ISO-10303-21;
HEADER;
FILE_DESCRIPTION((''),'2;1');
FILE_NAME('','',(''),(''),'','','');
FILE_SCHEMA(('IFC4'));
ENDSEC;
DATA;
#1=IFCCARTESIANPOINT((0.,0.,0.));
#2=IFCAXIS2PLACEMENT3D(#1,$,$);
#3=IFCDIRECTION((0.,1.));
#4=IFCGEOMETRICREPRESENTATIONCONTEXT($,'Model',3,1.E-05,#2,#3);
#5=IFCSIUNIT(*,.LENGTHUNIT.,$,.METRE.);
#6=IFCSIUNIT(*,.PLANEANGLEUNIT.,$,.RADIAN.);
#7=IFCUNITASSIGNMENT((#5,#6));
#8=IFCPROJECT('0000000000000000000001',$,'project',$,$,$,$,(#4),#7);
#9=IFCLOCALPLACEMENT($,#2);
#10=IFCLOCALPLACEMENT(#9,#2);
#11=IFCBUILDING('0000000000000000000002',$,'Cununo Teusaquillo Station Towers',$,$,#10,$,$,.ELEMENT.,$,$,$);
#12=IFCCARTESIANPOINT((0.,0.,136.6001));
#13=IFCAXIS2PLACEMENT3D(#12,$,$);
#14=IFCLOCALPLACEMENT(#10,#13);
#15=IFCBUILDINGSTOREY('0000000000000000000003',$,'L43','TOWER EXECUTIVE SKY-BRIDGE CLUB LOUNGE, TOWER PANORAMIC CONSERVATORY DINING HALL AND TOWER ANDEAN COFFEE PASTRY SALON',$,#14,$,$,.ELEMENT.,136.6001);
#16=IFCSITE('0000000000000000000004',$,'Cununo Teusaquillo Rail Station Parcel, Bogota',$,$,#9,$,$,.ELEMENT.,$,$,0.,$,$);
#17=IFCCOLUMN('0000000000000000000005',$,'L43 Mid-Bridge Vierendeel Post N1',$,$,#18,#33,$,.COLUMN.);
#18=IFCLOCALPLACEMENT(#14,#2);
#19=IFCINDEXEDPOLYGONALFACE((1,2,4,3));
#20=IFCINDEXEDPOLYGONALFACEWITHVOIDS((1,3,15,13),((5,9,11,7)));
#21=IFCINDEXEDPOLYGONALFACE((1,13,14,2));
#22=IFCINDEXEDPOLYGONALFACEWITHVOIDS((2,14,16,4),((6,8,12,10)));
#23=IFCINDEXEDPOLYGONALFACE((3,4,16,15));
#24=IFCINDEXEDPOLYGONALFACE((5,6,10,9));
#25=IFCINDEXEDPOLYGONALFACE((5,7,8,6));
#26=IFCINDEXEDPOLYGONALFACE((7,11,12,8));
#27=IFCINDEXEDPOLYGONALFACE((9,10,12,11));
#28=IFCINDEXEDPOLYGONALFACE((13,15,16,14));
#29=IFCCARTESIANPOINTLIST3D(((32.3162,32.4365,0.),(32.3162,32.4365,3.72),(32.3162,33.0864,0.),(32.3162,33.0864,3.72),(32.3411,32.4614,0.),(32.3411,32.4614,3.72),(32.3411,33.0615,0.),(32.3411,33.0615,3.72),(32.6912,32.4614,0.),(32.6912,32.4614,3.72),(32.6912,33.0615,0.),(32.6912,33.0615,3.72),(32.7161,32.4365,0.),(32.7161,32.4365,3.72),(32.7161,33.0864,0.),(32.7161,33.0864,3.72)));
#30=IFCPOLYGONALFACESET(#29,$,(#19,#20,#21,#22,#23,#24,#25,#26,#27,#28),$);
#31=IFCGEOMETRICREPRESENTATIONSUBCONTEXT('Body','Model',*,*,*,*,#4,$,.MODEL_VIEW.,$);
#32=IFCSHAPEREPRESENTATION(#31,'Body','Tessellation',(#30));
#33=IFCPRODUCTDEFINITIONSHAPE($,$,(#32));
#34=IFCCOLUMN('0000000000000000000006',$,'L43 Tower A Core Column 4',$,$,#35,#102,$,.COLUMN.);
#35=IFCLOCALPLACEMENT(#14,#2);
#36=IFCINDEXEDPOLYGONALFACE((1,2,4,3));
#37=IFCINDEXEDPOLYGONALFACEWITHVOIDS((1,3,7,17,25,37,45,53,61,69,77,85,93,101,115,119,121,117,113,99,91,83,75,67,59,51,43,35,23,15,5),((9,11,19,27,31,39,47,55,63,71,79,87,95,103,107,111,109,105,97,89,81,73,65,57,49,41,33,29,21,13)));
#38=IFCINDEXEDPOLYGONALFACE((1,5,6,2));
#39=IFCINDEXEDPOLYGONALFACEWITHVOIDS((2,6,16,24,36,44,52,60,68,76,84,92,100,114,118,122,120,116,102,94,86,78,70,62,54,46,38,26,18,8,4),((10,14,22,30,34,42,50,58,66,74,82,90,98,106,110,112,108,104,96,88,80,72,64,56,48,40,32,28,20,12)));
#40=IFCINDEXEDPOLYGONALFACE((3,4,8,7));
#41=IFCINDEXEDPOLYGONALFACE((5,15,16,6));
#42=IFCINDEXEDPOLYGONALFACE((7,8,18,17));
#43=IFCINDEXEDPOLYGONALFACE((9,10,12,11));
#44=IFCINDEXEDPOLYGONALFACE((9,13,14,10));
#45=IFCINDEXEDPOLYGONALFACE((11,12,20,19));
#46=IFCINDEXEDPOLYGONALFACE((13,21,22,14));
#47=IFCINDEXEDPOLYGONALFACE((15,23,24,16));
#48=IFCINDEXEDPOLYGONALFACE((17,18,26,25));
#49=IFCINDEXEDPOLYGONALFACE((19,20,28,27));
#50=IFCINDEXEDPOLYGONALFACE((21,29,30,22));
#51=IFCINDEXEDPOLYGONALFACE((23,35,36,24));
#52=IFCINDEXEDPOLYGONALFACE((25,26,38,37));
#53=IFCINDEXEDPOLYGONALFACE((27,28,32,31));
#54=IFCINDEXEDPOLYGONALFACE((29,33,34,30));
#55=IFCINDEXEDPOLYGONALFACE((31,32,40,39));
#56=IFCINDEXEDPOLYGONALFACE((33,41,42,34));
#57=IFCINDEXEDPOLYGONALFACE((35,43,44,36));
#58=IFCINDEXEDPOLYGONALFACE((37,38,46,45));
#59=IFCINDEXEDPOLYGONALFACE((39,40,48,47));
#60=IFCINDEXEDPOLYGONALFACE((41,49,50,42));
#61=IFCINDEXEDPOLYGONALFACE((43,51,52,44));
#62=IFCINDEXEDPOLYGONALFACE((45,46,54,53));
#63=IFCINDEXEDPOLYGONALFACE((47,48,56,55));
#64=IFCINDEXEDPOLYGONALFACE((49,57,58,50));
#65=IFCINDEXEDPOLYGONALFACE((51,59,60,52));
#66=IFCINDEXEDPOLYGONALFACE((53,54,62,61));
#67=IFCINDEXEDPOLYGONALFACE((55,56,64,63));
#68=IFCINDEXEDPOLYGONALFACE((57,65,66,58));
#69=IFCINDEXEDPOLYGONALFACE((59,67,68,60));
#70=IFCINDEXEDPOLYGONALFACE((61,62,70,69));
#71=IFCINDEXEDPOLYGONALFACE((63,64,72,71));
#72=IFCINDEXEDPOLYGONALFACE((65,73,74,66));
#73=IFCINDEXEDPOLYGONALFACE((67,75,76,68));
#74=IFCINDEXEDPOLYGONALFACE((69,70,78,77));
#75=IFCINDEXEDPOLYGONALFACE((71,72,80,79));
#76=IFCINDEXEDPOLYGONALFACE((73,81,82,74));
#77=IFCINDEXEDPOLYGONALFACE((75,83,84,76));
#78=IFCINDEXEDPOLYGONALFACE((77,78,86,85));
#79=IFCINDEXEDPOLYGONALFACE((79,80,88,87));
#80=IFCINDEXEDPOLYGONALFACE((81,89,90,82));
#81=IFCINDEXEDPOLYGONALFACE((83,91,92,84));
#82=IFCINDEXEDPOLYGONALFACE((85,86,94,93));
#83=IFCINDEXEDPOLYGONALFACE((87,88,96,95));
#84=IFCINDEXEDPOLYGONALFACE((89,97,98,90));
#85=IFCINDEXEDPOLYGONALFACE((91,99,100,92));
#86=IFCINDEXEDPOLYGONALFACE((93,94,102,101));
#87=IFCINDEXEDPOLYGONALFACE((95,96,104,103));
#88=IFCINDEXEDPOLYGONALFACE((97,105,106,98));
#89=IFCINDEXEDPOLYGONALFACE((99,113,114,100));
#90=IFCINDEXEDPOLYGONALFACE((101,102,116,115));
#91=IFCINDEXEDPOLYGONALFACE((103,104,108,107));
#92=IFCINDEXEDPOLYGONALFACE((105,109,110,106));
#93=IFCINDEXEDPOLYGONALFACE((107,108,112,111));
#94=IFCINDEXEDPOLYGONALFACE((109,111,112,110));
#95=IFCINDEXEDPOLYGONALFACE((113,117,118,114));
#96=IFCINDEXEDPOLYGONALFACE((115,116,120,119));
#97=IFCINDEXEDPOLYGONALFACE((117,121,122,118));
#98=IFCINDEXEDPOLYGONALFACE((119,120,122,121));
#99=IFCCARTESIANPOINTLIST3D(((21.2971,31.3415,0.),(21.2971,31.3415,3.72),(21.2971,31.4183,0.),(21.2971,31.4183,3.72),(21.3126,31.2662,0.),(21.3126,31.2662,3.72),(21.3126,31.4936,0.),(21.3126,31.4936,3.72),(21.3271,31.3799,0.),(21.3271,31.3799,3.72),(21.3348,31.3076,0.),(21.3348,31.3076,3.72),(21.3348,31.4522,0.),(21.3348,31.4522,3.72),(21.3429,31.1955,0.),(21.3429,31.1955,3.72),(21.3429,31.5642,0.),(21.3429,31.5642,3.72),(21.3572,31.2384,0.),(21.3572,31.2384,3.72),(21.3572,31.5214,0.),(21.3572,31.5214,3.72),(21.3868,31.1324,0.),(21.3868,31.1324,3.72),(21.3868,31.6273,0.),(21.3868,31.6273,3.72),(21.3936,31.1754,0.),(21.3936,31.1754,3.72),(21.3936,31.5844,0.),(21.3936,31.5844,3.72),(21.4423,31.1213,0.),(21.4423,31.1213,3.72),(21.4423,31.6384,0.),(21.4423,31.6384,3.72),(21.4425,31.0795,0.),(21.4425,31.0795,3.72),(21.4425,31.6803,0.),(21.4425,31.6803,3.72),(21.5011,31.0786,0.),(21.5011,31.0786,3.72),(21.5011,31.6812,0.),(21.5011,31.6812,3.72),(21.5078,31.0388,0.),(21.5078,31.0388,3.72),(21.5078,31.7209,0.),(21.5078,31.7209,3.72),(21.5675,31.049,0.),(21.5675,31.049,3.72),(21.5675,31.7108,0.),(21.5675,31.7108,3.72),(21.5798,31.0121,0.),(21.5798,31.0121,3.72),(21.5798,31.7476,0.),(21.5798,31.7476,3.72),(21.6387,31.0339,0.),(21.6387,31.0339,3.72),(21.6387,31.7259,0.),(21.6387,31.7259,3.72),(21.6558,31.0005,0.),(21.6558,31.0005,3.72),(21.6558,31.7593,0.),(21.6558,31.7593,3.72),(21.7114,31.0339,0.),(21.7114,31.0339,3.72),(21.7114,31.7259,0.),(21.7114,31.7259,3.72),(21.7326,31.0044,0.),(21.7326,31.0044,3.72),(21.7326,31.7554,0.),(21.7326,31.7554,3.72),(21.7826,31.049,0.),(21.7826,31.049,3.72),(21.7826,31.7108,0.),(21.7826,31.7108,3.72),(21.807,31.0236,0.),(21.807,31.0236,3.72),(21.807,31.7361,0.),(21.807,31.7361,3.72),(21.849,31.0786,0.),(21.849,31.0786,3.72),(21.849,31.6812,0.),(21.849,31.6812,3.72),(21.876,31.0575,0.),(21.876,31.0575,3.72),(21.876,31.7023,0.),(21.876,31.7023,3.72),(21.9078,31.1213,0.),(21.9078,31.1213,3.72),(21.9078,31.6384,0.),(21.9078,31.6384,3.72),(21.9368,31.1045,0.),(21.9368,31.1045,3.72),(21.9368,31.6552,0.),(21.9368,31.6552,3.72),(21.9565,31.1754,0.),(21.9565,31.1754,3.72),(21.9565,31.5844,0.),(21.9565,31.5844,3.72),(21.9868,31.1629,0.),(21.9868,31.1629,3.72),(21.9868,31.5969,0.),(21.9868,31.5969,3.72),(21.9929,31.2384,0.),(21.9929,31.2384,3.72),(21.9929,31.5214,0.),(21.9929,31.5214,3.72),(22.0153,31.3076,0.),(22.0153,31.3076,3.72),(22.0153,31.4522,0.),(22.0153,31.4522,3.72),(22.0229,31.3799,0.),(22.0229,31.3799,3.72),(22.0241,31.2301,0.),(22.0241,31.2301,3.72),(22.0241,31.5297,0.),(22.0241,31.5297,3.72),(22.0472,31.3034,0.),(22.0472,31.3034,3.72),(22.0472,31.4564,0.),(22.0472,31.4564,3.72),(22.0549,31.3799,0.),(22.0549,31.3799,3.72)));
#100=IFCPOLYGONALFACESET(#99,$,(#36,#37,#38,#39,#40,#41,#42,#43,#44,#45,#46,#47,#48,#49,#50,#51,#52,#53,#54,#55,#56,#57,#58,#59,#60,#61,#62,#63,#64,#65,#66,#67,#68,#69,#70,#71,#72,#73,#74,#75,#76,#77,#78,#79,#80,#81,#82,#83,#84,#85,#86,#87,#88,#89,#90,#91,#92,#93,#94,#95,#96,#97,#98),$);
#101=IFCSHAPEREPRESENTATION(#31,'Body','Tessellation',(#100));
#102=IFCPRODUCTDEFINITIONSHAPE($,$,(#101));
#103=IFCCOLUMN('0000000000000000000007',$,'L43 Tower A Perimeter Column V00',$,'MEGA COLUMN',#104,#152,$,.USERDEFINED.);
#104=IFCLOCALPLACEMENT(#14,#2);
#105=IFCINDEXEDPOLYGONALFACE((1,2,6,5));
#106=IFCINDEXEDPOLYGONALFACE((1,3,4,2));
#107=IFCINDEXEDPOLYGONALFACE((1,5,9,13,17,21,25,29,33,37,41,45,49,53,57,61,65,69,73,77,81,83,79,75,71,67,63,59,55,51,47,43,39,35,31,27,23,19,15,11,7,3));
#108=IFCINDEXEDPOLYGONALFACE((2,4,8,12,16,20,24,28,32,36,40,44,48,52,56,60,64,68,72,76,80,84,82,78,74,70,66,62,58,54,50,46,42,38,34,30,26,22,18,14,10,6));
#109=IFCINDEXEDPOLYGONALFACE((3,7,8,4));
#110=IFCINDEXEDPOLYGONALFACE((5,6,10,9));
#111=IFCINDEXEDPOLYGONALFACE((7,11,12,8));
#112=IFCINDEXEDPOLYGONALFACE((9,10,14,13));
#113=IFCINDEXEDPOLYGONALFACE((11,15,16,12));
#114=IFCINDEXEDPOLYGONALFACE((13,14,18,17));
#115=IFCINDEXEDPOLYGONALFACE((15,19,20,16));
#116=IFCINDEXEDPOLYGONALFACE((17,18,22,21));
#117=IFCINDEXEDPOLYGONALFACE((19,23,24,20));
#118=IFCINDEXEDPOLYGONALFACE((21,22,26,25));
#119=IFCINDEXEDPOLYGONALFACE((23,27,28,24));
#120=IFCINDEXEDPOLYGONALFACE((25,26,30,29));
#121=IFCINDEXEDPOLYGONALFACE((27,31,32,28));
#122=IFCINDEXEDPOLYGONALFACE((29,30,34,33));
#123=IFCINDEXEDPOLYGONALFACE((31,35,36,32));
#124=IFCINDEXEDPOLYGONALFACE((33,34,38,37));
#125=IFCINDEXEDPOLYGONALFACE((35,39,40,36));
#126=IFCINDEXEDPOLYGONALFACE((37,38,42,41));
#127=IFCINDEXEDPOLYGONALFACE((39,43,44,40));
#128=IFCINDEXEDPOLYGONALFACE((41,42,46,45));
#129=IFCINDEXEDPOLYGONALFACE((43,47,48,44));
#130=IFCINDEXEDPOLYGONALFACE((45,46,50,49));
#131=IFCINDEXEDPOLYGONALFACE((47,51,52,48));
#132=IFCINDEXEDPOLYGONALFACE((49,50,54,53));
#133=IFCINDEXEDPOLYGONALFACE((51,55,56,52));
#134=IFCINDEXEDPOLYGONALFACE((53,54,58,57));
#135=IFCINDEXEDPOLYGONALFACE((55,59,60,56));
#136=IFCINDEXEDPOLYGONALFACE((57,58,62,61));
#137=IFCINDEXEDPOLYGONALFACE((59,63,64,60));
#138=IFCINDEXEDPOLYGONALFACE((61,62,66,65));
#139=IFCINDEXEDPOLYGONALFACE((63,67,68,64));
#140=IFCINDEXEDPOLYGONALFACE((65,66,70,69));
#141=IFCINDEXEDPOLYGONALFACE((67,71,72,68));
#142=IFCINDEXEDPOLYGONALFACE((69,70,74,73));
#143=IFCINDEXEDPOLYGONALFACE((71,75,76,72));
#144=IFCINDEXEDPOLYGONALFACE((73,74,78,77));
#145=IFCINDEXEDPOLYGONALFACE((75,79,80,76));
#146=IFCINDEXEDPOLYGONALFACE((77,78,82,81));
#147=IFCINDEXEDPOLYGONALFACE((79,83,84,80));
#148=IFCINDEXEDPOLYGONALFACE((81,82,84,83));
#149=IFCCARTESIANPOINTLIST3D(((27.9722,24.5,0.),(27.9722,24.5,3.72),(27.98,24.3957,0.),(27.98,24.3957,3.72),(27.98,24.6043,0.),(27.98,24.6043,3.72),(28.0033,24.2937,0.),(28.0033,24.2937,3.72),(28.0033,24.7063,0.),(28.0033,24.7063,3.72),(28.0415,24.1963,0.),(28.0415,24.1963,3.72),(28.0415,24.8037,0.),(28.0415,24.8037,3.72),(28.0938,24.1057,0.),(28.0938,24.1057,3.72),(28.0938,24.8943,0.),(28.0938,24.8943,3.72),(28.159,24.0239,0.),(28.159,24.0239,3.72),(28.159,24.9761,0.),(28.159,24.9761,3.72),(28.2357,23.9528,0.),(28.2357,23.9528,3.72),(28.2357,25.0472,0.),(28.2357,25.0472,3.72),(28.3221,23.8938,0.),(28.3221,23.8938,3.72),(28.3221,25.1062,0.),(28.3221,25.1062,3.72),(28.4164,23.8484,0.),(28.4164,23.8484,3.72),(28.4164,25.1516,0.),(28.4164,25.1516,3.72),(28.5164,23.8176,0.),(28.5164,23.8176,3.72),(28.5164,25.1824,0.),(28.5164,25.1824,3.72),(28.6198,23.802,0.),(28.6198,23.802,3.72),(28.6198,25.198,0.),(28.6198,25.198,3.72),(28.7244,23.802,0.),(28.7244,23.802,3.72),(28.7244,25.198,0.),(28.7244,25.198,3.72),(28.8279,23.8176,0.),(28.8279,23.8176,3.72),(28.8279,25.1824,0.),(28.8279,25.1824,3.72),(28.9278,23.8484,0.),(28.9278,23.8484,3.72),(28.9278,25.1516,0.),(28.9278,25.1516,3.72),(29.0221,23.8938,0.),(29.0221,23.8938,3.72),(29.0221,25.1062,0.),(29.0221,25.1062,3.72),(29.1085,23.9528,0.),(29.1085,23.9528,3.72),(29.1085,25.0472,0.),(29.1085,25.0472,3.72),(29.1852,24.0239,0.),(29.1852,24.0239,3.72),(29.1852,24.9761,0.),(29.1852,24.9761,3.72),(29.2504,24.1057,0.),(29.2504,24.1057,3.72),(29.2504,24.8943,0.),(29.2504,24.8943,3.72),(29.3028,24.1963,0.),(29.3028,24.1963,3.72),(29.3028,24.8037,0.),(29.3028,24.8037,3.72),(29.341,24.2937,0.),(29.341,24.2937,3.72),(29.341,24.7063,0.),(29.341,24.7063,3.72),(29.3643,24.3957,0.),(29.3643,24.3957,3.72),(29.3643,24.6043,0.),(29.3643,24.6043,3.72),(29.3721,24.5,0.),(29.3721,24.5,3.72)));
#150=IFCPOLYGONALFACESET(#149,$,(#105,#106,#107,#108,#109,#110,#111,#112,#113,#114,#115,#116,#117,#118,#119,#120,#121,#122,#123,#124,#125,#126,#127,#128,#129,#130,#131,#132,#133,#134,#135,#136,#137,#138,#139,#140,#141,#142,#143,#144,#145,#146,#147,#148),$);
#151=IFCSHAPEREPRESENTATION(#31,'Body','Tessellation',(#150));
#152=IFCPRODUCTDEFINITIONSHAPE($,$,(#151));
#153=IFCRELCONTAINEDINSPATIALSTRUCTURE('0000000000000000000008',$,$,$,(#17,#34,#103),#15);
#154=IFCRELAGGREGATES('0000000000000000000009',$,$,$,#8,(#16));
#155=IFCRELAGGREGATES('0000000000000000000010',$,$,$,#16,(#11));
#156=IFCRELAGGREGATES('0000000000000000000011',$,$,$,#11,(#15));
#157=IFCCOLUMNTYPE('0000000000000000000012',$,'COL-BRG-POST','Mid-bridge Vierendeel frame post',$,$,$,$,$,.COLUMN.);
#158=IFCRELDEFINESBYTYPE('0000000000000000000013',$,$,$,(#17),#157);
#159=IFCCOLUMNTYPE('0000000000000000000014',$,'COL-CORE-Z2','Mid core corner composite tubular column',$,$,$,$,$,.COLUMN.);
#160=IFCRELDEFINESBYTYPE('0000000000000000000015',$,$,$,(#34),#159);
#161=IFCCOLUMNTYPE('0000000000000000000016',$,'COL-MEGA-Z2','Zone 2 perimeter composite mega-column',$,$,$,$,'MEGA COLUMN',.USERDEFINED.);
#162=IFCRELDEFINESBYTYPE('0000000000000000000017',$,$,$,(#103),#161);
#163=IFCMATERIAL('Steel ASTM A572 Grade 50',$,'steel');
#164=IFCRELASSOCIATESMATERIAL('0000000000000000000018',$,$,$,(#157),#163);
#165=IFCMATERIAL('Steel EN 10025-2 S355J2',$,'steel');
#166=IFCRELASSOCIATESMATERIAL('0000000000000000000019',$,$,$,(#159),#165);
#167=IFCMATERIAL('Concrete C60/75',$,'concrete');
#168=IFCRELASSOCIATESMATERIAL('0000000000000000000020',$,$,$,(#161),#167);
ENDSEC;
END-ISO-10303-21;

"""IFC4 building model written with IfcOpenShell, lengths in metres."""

from ifc_helpers import new_model, si_unit, direction, frame, origin, origin_2d, place, context, subcontext, project, spatial, hollow_rectangle, circle, hollow_circle, extrude, material, material_profile, profile_set, type_object, element, save


model = new_model("IFC4")

# Units and contexts
model_context = context("Model", 3, precision=1e-05, world=origin(), true_north=direction((0.0, 1.0)))
body_context = subcontext(model_context, "Body", "Model", "MODEL_VIEW")
ifc_project = project(units=[si_unit("LENGTHUNIT", "METRE"), si_unit("PLANEANGLEUNIT", "RADIAN")], contexts=[model_context])

# Site, building, storey
site_placement = place(None, origin())
site = spatial("IfcSite", under=ifc_project, at=site_placement, Name="Cununo Teusaquillo Rail Station Parcel, Bogota", CompositionType="ELEMENT", RefElevation=0.0)
building_placement = place(site_placement, origin())
building = spatial("IfcBuilding", under=site, at=building_placement, Name="Cununo Teusaquillo Station Towers", CompositionType="ELEMENT")
storey_placement = place(building_placement, frame((0.0, 0.0, 136.6001)))
storey = spatial("IfcBuildingStorey", under=building, at=storey_placement, Name="L43", Description="TOWER EXECUTIVE SKY-BRIDGE CLUB LOUNGE, TOWER PANORAMIC CONSERVATORY DINING HALL AND TOWER ANDEAN COFFEE PASTRY SALON", CompositionType="ELEMENT", Elevation=136.6001)

# Columns
ifc_material_1 = material(Name="Steel ASTM A572 Grade 50", Category="steel")
ifc_material_profile_1 = material_profile(ifc_material_1, hollow_rectangle(XDim=0.3999, YDim=0.6499, WallThickness=0.0249, at=origin_2d()), Name="RHS 650x400x25")
ifc_profile_set_1 = profile_set([ifc_material_profile_1], Name="Steel ASTM A572 Grade 50")
column_type_1 = type_object("IfcColumnType", Name="COL-BRG-POST", Description="Mid-bridge Vierendeel frame post", PredefinedType="COLUMN", material=ifc_profile_set_1)
column_1_placement = place(storey_placement, frame((32.5161, 32.7615, 0.0), z_axis=(0.0, 0.0, 1.0), x_axis=(1.0, 0.0, 0.0)))
element("IfcColumn", 1, at=column_1_placement, inside=storey, type_object=column_type_1, Name="L43 Mid-Bridge Vierendeel Post N1", PredefinedType="COLUMN", context=body_context, shape_type="SweptSolid", body=[
    extrude(hollow_rectangle(XDim=0.3999, YDim=0.6499, WallThickness=0.0249, at=origin_2d()), origin(), (0.0, 0.0, 1.0), 3.72),
])
ifc_material_2 = material(Name="Steel EN 10025-2 S355J2", Category="steel")
ifc_material_profile_2 = material_profile(ifc_material_2, hollow_circle(Radius=0.3799, WallThickness=0.032, at=origin_2d()), Name="CHS 760x32")
ifc_profile_set_2 = profile_set([ifc_material_profile_2], Name="Steel EN 10025-2 S355J2")
column_type_2 = type_object("IfcColumnType", Name="COL-CORE-Z2", Description="Mid core corner composite tubular column", PredefinedType="COLUMN", material=ifc_profile_set_2)
column_2_placement = place(storey_placement, frame((21.675, 31.3799, 0.0), z_axis=(0.0, 0.0, 1.0), x_axis=(1.0, 0.0, 0.0)))
element("IfcColumn", 2, at=column_2_placement, inside=storey, type_object=column_type_2, Name="L43 Tower A Core Column 4", PredefinedType="COLUMN", context=body_context, shape_type="SweptSolid", body=[
    extrude(hollow_circle(Radius=0.3799, WallThickness=0.032, at=origin_2d()), origin(), (0.0, 0.0, 1.0), 3.72),
])
ifc_material_3 = material(Name="Concrete C60/75", Category="concrete")
ifc_material_profile_3 = material_profile(ifc_material_3, circle(Radius=0.7, at=origin_2d()), Name="RC-CIRC-1400")
ifc_profile_set_3 = profile_set([ifc_material_profile_3], Name="Concrete C60/75")
column_type_3 = type_object("IfcColumnType", Name="COL-MEGA-Z2", Description="Zone 2 perimeter composite mega-column", ElementType="MEGA COLUMN", PredefinedType="USERDEFINED", material=ifc_profile_set_3)
for number, where, z_axis, x_axis, name in (
    (3, (28.6721, 24.5, 0.0), (0.0, 0.0, 1.0), (1.0, 0.0, 0.0), "L43 Tower A Perimeter Column V00"),
):
    element("IfcColumn", number, at=place(storey_placement, frame(where, z_axis=z_axis, x_axis=x_axis)), inside=storey, type_object=column_type_3, Name=name, ObjectType="MEGA COLUMN", PredefinedType="USERDEFINED", context=body_context, shape_type="SweptSolid", body=[
        extrude(circle(Radius=0.7, at=origin_2d()), origin(), (0.0, 0.0, 1.0), 3.72),
    ])

save(model, "model.ifc")
